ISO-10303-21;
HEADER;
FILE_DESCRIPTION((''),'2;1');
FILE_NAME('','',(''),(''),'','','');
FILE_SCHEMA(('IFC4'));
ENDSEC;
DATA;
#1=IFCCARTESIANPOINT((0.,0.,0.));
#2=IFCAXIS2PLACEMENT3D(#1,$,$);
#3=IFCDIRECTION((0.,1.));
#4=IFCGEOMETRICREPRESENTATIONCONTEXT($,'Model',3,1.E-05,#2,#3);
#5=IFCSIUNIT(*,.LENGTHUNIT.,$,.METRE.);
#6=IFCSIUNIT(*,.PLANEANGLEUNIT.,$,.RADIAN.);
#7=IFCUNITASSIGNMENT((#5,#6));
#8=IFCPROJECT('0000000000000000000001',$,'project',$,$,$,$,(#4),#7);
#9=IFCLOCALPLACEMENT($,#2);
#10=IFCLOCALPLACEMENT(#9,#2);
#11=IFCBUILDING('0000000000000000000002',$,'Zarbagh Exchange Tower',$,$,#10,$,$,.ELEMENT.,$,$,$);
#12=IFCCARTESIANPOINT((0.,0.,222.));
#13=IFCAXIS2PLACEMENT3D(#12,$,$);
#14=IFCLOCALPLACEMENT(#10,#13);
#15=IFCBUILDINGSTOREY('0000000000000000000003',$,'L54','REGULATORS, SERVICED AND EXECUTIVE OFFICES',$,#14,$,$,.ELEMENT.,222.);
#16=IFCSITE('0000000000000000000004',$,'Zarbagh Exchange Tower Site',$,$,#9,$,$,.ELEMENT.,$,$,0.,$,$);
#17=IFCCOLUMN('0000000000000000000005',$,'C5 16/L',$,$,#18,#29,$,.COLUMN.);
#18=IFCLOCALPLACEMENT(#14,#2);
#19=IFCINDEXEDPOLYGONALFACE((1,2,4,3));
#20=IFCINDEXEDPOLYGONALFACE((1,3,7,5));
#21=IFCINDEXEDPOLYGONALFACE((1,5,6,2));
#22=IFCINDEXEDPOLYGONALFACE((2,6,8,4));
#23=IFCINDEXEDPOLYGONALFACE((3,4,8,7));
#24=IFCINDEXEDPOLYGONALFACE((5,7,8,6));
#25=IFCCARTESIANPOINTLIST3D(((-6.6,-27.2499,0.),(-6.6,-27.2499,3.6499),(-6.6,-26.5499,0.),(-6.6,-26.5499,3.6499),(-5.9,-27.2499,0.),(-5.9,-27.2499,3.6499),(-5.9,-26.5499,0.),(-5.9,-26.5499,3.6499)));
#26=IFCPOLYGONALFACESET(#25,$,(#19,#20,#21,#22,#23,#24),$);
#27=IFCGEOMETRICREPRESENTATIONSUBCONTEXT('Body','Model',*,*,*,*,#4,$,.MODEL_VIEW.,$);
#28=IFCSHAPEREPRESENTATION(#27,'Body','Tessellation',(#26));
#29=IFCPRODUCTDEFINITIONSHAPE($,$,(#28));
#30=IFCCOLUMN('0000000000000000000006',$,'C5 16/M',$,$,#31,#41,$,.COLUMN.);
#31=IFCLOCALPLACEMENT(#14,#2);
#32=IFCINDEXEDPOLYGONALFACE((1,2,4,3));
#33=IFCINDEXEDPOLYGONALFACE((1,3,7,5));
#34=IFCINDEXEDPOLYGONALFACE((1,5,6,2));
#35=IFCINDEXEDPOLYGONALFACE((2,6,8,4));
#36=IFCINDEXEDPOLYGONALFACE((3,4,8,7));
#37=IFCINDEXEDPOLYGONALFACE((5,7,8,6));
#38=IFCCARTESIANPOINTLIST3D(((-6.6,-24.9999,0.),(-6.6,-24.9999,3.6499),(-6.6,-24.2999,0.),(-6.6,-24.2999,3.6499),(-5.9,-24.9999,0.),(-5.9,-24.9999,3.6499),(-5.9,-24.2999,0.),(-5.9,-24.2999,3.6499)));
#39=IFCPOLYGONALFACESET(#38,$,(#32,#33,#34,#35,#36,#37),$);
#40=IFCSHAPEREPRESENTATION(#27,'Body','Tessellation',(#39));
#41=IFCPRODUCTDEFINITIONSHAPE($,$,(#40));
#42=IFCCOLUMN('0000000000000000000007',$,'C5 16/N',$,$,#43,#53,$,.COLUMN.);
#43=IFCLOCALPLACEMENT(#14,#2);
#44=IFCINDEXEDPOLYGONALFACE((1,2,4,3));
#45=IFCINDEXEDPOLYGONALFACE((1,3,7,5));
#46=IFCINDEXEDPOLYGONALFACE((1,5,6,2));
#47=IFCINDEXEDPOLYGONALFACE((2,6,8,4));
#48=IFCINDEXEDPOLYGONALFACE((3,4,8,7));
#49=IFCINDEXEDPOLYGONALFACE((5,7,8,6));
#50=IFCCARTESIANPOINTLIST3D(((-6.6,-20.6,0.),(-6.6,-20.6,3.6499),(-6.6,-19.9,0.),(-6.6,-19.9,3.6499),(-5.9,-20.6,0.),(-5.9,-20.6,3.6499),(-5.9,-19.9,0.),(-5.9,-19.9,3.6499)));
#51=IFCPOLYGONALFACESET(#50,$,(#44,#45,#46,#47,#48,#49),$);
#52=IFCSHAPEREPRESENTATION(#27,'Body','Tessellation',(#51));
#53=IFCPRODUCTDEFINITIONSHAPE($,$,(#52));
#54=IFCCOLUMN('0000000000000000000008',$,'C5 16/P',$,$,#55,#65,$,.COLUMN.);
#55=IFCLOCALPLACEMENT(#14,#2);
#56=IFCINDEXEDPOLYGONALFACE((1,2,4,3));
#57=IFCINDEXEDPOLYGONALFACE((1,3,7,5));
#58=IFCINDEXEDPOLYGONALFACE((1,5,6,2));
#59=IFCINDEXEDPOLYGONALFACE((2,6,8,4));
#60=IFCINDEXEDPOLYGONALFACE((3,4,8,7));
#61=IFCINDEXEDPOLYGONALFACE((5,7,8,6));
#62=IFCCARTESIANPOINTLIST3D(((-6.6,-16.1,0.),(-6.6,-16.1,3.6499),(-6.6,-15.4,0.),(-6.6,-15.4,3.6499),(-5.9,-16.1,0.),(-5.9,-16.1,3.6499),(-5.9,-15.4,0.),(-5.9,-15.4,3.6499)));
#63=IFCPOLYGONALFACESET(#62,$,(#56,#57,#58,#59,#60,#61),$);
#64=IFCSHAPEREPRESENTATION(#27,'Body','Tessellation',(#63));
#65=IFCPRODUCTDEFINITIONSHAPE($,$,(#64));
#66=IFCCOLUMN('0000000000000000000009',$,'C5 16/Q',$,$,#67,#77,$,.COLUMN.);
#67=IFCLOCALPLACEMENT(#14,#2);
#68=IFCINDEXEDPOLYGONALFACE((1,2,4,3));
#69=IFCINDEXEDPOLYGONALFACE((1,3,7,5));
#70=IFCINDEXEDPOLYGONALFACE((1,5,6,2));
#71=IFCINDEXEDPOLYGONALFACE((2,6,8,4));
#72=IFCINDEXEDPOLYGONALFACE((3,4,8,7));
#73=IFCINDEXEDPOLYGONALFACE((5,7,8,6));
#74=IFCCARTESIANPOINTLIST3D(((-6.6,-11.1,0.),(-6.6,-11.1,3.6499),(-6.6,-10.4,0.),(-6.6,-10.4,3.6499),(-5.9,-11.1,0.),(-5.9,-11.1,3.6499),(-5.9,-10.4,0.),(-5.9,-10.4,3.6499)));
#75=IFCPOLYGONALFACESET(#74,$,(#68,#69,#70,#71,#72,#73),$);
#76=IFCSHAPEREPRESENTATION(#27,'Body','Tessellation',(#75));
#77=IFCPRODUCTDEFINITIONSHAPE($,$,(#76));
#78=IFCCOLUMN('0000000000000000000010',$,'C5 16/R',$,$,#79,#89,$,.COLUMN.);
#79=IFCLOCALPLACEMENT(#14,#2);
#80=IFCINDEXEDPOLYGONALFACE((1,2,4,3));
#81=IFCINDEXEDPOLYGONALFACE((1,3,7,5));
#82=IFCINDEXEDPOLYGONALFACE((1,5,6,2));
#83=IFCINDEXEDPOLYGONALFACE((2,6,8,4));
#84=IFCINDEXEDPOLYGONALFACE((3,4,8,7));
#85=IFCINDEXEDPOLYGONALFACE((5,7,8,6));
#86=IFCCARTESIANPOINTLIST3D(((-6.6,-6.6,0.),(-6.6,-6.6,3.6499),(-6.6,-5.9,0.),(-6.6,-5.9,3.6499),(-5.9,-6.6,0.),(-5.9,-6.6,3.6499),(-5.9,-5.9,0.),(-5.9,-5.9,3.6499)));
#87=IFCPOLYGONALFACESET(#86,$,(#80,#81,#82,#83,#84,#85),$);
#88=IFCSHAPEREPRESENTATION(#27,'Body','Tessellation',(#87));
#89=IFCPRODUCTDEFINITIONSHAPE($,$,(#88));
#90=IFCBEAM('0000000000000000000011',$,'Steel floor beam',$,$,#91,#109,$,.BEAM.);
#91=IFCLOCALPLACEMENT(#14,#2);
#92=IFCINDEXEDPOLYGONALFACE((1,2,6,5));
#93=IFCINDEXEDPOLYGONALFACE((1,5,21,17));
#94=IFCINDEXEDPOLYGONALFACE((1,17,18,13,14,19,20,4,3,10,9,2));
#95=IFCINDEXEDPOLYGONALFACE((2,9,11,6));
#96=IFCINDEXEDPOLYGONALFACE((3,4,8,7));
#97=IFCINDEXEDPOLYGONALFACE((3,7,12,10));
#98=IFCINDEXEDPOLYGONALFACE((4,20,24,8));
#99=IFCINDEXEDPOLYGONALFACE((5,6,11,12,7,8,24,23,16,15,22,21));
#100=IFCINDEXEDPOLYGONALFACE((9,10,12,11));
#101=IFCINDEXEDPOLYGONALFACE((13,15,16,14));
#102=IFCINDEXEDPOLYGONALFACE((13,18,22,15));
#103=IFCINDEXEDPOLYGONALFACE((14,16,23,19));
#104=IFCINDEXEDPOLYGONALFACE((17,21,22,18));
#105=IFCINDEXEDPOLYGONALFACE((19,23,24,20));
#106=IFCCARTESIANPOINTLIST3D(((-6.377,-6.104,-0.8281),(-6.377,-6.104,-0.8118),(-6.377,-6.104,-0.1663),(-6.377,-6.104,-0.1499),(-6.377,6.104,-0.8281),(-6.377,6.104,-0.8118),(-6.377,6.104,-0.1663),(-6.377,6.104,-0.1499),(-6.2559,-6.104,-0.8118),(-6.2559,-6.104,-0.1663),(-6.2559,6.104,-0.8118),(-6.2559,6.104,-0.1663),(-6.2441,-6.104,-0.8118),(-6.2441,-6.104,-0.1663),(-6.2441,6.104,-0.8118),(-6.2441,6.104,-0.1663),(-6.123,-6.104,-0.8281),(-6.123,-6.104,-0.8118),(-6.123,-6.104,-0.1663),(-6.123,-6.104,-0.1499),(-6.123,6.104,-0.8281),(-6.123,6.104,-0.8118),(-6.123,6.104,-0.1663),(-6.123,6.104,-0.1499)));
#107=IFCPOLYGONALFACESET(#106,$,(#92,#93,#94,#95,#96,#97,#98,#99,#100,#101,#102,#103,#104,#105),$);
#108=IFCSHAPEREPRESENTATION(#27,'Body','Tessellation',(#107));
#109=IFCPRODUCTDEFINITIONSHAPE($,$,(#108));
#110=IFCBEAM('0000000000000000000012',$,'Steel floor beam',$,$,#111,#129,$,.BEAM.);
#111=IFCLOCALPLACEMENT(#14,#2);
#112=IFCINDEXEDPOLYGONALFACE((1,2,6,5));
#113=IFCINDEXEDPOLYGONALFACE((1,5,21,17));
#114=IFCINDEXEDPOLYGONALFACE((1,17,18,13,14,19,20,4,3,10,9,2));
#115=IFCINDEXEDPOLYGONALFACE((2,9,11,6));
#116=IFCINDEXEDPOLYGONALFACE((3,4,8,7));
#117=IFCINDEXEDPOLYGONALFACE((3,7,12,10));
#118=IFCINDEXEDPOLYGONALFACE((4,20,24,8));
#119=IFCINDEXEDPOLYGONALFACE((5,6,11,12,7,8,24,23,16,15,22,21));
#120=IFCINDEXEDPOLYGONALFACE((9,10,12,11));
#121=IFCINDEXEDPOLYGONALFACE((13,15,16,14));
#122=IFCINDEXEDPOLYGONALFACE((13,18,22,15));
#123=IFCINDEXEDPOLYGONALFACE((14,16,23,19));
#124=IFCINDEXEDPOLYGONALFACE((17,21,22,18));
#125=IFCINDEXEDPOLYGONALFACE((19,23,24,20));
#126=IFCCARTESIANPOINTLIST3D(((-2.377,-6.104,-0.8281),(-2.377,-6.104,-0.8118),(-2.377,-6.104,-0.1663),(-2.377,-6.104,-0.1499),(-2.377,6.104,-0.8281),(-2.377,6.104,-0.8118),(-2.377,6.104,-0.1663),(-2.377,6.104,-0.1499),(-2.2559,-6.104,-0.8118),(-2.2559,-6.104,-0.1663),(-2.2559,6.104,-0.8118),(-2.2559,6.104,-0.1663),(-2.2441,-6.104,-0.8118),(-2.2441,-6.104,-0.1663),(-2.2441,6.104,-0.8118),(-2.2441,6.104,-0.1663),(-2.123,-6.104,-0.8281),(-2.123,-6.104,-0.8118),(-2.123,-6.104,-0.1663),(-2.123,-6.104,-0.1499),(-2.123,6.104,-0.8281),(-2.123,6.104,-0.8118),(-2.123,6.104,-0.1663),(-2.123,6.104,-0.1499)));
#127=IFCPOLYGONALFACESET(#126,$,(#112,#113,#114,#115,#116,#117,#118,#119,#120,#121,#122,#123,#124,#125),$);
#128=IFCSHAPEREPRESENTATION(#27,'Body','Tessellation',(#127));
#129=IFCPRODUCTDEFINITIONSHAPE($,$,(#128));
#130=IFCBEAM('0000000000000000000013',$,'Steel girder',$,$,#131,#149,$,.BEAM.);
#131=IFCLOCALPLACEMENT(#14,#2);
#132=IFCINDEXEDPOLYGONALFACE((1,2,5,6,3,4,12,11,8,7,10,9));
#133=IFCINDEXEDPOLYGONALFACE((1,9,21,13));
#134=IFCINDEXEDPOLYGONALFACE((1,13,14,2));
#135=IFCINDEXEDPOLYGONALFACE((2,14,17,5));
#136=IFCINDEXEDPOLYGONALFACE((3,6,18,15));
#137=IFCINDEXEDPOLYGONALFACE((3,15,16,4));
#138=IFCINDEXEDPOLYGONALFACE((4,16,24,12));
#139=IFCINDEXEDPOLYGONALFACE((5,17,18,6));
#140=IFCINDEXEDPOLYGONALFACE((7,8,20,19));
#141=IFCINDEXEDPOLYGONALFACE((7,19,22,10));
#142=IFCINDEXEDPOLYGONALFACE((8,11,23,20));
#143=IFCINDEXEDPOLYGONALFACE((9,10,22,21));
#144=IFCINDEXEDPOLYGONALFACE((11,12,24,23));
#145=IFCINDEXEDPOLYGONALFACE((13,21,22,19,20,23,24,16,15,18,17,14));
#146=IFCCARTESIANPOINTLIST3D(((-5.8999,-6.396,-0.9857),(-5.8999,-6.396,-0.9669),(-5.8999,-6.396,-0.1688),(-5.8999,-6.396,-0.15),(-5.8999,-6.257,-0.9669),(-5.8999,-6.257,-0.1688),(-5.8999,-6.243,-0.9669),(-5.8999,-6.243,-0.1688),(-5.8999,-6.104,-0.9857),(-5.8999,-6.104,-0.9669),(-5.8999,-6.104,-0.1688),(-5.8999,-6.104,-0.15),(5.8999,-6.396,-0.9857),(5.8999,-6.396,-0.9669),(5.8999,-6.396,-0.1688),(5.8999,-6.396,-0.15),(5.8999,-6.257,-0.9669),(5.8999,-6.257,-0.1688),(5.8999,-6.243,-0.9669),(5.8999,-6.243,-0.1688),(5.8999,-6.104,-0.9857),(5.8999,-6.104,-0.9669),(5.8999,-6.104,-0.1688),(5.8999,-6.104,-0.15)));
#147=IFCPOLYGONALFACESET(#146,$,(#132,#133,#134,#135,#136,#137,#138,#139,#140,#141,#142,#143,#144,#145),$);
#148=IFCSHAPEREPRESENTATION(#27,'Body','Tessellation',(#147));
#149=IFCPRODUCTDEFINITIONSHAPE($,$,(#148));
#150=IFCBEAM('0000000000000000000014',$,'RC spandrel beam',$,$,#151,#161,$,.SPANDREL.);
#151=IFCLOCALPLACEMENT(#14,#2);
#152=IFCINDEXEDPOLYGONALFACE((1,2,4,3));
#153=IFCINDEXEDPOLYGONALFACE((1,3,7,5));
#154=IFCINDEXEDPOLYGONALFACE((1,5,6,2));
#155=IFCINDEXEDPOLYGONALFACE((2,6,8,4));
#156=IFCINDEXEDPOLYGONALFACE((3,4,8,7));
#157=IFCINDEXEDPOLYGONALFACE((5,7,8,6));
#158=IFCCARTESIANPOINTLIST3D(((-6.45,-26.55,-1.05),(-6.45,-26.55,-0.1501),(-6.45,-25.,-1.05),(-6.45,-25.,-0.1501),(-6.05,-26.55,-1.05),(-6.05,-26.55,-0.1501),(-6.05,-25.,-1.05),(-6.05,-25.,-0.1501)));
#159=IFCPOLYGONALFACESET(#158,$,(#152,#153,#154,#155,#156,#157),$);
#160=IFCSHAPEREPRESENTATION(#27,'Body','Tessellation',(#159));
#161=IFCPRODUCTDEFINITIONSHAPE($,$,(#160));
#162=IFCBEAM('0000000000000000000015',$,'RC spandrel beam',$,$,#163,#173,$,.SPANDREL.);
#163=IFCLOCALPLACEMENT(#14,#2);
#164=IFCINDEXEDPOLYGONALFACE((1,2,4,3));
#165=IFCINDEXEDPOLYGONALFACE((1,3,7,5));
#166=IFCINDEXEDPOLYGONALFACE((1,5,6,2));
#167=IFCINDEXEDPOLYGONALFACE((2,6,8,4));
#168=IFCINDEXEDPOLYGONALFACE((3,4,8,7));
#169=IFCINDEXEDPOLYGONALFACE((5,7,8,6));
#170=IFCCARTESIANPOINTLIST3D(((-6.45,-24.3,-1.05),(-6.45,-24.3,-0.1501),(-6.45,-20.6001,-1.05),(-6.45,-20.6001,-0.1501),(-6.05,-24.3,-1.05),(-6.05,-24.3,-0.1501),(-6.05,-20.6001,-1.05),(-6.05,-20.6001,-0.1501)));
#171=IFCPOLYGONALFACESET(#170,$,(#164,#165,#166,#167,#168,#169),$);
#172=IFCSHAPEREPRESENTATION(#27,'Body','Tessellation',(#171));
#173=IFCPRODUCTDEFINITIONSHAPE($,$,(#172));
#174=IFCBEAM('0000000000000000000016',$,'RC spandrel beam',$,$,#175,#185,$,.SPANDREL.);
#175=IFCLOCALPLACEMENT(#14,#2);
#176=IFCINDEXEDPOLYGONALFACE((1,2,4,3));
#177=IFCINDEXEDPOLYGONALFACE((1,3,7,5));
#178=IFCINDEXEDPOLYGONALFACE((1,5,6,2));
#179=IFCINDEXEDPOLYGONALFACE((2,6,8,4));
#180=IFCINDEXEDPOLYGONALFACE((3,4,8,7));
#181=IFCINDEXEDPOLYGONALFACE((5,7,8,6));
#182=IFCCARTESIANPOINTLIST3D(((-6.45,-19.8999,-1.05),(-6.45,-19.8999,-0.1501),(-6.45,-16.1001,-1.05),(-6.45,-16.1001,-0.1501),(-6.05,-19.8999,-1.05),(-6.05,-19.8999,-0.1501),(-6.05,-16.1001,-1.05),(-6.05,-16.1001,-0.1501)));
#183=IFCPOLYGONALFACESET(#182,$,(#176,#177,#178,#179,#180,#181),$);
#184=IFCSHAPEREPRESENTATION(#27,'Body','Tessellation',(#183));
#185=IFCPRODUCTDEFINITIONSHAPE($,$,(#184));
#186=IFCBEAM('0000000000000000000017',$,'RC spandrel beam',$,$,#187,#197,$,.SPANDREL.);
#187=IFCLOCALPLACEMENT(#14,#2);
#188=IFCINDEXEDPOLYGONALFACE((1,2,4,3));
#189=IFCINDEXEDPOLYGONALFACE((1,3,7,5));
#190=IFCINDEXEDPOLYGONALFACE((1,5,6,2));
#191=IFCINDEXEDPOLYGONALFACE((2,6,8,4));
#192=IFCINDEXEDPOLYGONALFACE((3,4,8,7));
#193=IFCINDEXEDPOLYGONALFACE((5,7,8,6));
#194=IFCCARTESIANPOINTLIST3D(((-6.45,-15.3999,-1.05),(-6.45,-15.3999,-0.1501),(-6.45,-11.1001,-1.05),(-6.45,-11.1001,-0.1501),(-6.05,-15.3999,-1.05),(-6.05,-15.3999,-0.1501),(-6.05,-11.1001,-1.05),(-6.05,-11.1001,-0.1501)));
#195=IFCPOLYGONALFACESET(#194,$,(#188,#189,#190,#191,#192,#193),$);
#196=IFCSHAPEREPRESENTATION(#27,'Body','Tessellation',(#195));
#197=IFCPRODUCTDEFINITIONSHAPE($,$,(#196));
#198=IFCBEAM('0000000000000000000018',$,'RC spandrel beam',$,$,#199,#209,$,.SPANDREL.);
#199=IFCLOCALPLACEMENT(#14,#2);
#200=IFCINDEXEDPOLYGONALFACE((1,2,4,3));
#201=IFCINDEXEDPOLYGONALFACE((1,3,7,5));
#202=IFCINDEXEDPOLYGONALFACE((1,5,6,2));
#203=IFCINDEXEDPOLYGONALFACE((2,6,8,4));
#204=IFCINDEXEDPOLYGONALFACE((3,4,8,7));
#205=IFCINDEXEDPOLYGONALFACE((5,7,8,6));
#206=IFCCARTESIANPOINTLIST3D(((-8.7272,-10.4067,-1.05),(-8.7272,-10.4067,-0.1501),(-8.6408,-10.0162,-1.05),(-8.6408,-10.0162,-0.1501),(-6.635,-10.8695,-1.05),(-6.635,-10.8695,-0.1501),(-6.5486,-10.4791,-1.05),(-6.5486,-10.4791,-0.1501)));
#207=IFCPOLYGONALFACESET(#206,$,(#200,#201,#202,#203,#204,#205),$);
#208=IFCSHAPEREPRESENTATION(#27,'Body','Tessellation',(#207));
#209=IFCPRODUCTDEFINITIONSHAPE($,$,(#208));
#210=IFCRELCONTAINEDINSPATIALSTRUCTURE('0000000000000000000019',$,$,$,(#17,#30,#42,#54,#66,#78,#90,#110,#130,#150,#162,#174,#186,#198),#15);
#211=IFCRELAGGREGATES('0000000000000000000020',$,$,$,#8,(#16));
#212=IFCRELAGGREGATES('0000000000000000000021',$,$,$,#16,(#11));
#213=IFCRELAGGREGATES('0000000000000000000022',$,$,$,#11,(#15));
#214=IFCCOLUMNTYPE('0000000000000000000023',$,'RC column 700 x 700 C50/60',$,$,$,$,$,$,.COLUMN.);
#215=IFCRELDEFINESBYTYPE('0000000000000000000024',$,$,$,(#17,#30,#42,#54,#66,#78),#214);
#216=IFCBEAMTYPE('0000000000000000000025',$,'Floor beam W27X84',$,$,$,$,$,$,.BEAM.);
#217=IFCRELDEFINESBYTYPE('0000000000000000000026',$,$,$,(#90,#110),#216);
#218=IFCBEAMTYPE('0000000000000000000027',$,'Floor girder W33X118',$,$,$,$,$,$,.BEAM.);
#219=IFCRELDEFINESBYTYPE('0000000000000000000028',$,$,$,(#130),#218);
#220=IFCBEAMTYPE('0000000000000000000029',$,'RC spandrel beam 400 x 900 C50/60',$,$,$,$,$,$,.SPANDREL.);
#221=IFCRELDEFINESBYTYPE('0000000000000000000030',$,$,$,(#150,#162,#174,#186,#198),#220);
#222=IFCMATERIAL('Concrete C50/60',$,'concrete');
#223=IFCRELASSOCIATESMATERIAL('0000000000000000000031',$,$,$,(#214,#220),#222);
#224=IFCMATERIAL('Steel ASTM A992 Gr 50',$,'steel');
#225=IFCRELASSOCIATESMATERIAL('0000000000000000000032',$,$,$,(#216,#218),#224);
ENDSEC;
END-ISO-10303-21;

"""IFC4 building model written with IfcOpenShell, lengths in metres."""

from ifc_helpers import new_model, si_unit, direction, frame, origin, origin_2d, place, context, subcontext, project, spatial, rectangle, i_section, extrude, material, material_profile, profile_set, type_object, element, save


model = new_model("IFC4")

# Units and contexts
model_context = context("Model", 3, precision=1e-05, world=origin(), true_north=direction((0.0, 1.0)))
body_context = subcontext(model_context, "Body", "Model", "MODEL_VIEW")
ifc_project = project(units=[si_unit("LENGTHUNIT", "METRE"), si_unit("PLANEANGLEUNIT", "RADIAN")], contexts=[model_context])

# Site, building, storey
site_placement = place(None, origin())
site = spatial("IfcSite", under=ifc_project, at=site_placement, Name="Zarbagh Exchange Tower Site", CompositionType="ELEMENT", RefElevation=0.0)
building_placement = place(site_placement, origin())
building = spatial("IfcBuilding", under=site, at=building_placement, Name="Zarbagh Exchange Tower", CompositionType="ELEMENT")
storey_placement = place(building_placement, frame((0.0, 0.0, 222.0)))
storey = spatial("IfcBuildingStorey", under=building, at=storey_placement, Name="L54", Description="REGULATORS, SERVICED AND EXECUTIVE OFFICES", CompositionType="ELEMENT", Elevation=222.0)

# Columns
ifc_material_1 = material(Name="Concrete C50/60", Category="concrete")
ifc_material_profile_1 = material_profile(ifc_material_1, rectangle(XDim=0.7, YDim=0.7, at=origin_2d()), Name="RC column 700 x 700 C50/60")
ifc_profile_set_1 = profile_set([ifc_material_profile_1], Name="Concrete C50/60")
column_type = type_object("IfcColumnType", Name="RC column 700 x 700 C50/60", PredefinedType="COLUMN", material=ifc_profile_set_1)
for number, where, z_axis, x_axis, name in (
    (1, (-6.25, -26.8999, 0.0), (0.0, 0.0, 1.0), (1.0, 0.0, 0.0), "C5 16/L"),
    (2, (-6.25, -24.6499, 0.0), (0.0, 0.0, 1.0), (1.0, 0.0, 0.0), "C5 16/M"),
    (3, (-6.25, -20.25, 0.0), (0.0, 0.0, 1.0), (1.0, 0.0, 0.0), "C5 16/N"),
    (4, (-6.25, -15.75, 0.0), (0.0, 0.0, 1.0), (1.0, 0.0, 0.0), "C5 16/P"),
    (5, (-6.25, -10.75, 0.0), (0.0, 0.0, 1.0), (1.0, 0.0, 0.0), "C5 16/Q"),
    (6, (-6.25, -6.25, 0.0), (0.0, 0.0, 1.0), (1.0, 0.0, 0.0), "C5 16/R"),
):
    element("IfcColumn", number, at=place(storey_placement, frame(where, z_axis=z_axis, x_axis=x_axis)), inside=storey, type_object=column_type, Name=name, PredefinedType="COLUMN", context=body_context, shape_type="SweptSolid", body=[
        extrude(rectangle(XDim=0.7, YDim=0.7, at=origin_2d()), origin(), (0.0, 0.0, 1.0), 3.6499),
    ])

# Beams
ifc_material_2 = material(Name="Steel ASTM A992 Gr 50", Category="steel")
ifc_material_profile_2 = material_profile(ifc_material_2, i_section(OverallWidth=0.2539, OverallDepth=0.6782, WebThickness=0.0117, FlangeThickness=0.0164, at=origin_2d()), Name="W27X84")
ifc_profile_set_2 = profile_set([ifc_material_profile_2], Name="Steel ASTM A992 Gr 50")
beam_type_1 = type_object("IfcBeamType", Name="Floor beam W27X84", PredefinedType="BEAM", material=ifc_profile_set_2)
for number, where, z_axis, x_axis, name in (
    (7, (-6.25, -6.104, -0.489), (0.0, 1.0, 0.0), (-1.0, 0.0, 0.0), "Steel floor beam"),
    (8, (-2.25, -6.104, -0.489), (0.0, 1.0, 0.0), (-1.0, 0.0, 0.0), "Steel floor beam"),
):
    element("IfcBeam", number, at=place(storey_placement, frame(where, z_axis=z_axis, x_axis=x_axis)), inside=storey, type_object=beam_type_1, Name=name, PredefinedType="BEAM", context=body_context, shape_type="SweptSolid", body=[
        extrude(i_section(OverallWidth=0.2539, OverallDepth=0.6782, WebThickness=0.0117, FlangeThickness=0.0164, at=origin_2d()), origin(), (0.0, 0.0, 1.0), 12.208),
    ])
ifc_material_profile_3 = material_profile(ifc_material_2, i_section(OverallWidth=0.292, OverallDepth=0.8357, WebThickness=0.0139, FlangeThickness=0.0188, at=origin_2d()), Name="W33X118")
ifc_profile_set_3 = profile_set([ifc_material_profile_3], Name="Steel ASTM A992 Gr 50")
beam_type_2 = type_object("IfcBeamType", Name="Floor girder W33X118", PredefinedType="BEAM", material=ifc_profile_set_3)
beam_1_placement = place(storey_placement, frame((-5.8999, -6.25, -0.5679), z_axis=(1.0, 0.0, 0.0), x_axis=(0.0, 1.0, 0.0)))
element("IfcBeam", 9, at=beam_1_placement, inside=storey, type_object=beam_type_2, Name="Steel girder", PredefinedType="BEAM", context=body_context, shape_type="SweptSolid", body=[
    extrude(i_section(OverallWidth=0.292, OverallDepth=0.8357, WebThickness=0.0139, FlangeThickness=0.0188, at=origin_2d()), origin(), (0.0, 0.0, 1.0), 11.7998),
])
ifc_material_profile_4 = material_profile(ifc_material_1, rectangle(XDim=0.3999, YDim=0.8999, at=origin_2d()), Name="RC spandrel beam 400 x 900 C50/60")
ifc_profile_set_4 = profile_set([ifc_material_profile_4], Name="Concrete C50/60")
beam_type_3 = type_object("IfcBeamType", Name="RC spandrel beam 400 x 900 C50/60", PredefinedType="SPANDREL", material=ifc_profile_set_4)
beam_2_placement = place(storey_placement, frame((-6.25, -26.55, -0.6001), z_axis=(0.0, 1.0, 0.0), x_axis=(-1.0, 0.0, 0.0)))
element("IfcBeam", 10, at=beam_2_placement, inside=storey, type_object=beam_type_3, Name="RC spandrel beam", PredefinedType="SPANDREL", context=body_context, shape_type="SweptSolid", body=[
    extrude(rectangle(XDim=0.3999, YDim=0.8999, at=origin_2d()), origin(), (0.0, 0.0, 1.0), 1.55),
])
beam_3_placement = place(storey_placement, frame((-6.25, -24.3, -0.6001), z_axis=(0.0, 1.0, 0.0), x_axis=(-1.0, 0.0, 0.0)))
element("IfcBeam", 11, at=beam_3_placement, inside=storey, type_object=beam_type_3, Name="RC spandrel beam", PredefinedType="SPANDREL", context=body_context, shape_type="SweptSolid", body=[
    extrude(rectangle(XDim=0.3999, YDim=0.8999, at=origin_2d()), origin(), (0.0, 0.0, 1.0), 3.7),
])
beam_4_placement = place(storey_placement, frame((-6.25, -19.8999, -0.6001), z_axis=(0.0, 1.0, 0.0), x_axis=(-1.0, 0.0, 0.0)))
element("IfcBeam", 12, at=beam_4_placement, inside=storey, type_object=beam_type_3, Name="RC spandrel beam", PredefinedType="SPANDREL", context=body_context, shape_type="SweptSolid", body=[
    extrude(rectangle(XDim=0.3999, YDim=0.8999, at=origin_2d()), origin(), (0.0, 0.0, 1.0), 3.7998),
])
beam_5_placement = place(storey_placement, frame((-6.25, -15.3999, -0.6001), z_axis=(0.0, 1.0, 0.0), x_axis=(-1.0, 0.0, 0.0)))
element("IfcBeam", 13, at=beam_5_placement, inside=storey, type_object=beam_type_3, Name="RC spandrel beam", PredefinedType="SPANDREL", context=body_context, shape_type="SweptSolid", body=[
    extrude(rectangle(XDim=0.3999, YDim=0.8999, at=origin_2d()), origin(), (0.0, 0.0, 1.0), 4.2998),
])
beam_6_placement = place(storey_placement, frame((-6.5918, -10.6743, -0.6001), z_axis=(-0.97639, 0.216014, 0.0), x_axis=(-0.216014, -0.97639, 0.0)))
element("IfcBeam", 14, at=beam_6_placement, inside=storey, type_object=beam_type_3, Name="RC spandrel beam", PredefinedType="SPANDREL", context=body_context, shape_type="SweptSolid", body=[
    extrude(rectangle(XDim=0.3999, YDim=0.8999, at=origin_2d()), origin(), (0.0, 0.0, 1.0), 2.1428),
])

save(model, "model.ifc")
